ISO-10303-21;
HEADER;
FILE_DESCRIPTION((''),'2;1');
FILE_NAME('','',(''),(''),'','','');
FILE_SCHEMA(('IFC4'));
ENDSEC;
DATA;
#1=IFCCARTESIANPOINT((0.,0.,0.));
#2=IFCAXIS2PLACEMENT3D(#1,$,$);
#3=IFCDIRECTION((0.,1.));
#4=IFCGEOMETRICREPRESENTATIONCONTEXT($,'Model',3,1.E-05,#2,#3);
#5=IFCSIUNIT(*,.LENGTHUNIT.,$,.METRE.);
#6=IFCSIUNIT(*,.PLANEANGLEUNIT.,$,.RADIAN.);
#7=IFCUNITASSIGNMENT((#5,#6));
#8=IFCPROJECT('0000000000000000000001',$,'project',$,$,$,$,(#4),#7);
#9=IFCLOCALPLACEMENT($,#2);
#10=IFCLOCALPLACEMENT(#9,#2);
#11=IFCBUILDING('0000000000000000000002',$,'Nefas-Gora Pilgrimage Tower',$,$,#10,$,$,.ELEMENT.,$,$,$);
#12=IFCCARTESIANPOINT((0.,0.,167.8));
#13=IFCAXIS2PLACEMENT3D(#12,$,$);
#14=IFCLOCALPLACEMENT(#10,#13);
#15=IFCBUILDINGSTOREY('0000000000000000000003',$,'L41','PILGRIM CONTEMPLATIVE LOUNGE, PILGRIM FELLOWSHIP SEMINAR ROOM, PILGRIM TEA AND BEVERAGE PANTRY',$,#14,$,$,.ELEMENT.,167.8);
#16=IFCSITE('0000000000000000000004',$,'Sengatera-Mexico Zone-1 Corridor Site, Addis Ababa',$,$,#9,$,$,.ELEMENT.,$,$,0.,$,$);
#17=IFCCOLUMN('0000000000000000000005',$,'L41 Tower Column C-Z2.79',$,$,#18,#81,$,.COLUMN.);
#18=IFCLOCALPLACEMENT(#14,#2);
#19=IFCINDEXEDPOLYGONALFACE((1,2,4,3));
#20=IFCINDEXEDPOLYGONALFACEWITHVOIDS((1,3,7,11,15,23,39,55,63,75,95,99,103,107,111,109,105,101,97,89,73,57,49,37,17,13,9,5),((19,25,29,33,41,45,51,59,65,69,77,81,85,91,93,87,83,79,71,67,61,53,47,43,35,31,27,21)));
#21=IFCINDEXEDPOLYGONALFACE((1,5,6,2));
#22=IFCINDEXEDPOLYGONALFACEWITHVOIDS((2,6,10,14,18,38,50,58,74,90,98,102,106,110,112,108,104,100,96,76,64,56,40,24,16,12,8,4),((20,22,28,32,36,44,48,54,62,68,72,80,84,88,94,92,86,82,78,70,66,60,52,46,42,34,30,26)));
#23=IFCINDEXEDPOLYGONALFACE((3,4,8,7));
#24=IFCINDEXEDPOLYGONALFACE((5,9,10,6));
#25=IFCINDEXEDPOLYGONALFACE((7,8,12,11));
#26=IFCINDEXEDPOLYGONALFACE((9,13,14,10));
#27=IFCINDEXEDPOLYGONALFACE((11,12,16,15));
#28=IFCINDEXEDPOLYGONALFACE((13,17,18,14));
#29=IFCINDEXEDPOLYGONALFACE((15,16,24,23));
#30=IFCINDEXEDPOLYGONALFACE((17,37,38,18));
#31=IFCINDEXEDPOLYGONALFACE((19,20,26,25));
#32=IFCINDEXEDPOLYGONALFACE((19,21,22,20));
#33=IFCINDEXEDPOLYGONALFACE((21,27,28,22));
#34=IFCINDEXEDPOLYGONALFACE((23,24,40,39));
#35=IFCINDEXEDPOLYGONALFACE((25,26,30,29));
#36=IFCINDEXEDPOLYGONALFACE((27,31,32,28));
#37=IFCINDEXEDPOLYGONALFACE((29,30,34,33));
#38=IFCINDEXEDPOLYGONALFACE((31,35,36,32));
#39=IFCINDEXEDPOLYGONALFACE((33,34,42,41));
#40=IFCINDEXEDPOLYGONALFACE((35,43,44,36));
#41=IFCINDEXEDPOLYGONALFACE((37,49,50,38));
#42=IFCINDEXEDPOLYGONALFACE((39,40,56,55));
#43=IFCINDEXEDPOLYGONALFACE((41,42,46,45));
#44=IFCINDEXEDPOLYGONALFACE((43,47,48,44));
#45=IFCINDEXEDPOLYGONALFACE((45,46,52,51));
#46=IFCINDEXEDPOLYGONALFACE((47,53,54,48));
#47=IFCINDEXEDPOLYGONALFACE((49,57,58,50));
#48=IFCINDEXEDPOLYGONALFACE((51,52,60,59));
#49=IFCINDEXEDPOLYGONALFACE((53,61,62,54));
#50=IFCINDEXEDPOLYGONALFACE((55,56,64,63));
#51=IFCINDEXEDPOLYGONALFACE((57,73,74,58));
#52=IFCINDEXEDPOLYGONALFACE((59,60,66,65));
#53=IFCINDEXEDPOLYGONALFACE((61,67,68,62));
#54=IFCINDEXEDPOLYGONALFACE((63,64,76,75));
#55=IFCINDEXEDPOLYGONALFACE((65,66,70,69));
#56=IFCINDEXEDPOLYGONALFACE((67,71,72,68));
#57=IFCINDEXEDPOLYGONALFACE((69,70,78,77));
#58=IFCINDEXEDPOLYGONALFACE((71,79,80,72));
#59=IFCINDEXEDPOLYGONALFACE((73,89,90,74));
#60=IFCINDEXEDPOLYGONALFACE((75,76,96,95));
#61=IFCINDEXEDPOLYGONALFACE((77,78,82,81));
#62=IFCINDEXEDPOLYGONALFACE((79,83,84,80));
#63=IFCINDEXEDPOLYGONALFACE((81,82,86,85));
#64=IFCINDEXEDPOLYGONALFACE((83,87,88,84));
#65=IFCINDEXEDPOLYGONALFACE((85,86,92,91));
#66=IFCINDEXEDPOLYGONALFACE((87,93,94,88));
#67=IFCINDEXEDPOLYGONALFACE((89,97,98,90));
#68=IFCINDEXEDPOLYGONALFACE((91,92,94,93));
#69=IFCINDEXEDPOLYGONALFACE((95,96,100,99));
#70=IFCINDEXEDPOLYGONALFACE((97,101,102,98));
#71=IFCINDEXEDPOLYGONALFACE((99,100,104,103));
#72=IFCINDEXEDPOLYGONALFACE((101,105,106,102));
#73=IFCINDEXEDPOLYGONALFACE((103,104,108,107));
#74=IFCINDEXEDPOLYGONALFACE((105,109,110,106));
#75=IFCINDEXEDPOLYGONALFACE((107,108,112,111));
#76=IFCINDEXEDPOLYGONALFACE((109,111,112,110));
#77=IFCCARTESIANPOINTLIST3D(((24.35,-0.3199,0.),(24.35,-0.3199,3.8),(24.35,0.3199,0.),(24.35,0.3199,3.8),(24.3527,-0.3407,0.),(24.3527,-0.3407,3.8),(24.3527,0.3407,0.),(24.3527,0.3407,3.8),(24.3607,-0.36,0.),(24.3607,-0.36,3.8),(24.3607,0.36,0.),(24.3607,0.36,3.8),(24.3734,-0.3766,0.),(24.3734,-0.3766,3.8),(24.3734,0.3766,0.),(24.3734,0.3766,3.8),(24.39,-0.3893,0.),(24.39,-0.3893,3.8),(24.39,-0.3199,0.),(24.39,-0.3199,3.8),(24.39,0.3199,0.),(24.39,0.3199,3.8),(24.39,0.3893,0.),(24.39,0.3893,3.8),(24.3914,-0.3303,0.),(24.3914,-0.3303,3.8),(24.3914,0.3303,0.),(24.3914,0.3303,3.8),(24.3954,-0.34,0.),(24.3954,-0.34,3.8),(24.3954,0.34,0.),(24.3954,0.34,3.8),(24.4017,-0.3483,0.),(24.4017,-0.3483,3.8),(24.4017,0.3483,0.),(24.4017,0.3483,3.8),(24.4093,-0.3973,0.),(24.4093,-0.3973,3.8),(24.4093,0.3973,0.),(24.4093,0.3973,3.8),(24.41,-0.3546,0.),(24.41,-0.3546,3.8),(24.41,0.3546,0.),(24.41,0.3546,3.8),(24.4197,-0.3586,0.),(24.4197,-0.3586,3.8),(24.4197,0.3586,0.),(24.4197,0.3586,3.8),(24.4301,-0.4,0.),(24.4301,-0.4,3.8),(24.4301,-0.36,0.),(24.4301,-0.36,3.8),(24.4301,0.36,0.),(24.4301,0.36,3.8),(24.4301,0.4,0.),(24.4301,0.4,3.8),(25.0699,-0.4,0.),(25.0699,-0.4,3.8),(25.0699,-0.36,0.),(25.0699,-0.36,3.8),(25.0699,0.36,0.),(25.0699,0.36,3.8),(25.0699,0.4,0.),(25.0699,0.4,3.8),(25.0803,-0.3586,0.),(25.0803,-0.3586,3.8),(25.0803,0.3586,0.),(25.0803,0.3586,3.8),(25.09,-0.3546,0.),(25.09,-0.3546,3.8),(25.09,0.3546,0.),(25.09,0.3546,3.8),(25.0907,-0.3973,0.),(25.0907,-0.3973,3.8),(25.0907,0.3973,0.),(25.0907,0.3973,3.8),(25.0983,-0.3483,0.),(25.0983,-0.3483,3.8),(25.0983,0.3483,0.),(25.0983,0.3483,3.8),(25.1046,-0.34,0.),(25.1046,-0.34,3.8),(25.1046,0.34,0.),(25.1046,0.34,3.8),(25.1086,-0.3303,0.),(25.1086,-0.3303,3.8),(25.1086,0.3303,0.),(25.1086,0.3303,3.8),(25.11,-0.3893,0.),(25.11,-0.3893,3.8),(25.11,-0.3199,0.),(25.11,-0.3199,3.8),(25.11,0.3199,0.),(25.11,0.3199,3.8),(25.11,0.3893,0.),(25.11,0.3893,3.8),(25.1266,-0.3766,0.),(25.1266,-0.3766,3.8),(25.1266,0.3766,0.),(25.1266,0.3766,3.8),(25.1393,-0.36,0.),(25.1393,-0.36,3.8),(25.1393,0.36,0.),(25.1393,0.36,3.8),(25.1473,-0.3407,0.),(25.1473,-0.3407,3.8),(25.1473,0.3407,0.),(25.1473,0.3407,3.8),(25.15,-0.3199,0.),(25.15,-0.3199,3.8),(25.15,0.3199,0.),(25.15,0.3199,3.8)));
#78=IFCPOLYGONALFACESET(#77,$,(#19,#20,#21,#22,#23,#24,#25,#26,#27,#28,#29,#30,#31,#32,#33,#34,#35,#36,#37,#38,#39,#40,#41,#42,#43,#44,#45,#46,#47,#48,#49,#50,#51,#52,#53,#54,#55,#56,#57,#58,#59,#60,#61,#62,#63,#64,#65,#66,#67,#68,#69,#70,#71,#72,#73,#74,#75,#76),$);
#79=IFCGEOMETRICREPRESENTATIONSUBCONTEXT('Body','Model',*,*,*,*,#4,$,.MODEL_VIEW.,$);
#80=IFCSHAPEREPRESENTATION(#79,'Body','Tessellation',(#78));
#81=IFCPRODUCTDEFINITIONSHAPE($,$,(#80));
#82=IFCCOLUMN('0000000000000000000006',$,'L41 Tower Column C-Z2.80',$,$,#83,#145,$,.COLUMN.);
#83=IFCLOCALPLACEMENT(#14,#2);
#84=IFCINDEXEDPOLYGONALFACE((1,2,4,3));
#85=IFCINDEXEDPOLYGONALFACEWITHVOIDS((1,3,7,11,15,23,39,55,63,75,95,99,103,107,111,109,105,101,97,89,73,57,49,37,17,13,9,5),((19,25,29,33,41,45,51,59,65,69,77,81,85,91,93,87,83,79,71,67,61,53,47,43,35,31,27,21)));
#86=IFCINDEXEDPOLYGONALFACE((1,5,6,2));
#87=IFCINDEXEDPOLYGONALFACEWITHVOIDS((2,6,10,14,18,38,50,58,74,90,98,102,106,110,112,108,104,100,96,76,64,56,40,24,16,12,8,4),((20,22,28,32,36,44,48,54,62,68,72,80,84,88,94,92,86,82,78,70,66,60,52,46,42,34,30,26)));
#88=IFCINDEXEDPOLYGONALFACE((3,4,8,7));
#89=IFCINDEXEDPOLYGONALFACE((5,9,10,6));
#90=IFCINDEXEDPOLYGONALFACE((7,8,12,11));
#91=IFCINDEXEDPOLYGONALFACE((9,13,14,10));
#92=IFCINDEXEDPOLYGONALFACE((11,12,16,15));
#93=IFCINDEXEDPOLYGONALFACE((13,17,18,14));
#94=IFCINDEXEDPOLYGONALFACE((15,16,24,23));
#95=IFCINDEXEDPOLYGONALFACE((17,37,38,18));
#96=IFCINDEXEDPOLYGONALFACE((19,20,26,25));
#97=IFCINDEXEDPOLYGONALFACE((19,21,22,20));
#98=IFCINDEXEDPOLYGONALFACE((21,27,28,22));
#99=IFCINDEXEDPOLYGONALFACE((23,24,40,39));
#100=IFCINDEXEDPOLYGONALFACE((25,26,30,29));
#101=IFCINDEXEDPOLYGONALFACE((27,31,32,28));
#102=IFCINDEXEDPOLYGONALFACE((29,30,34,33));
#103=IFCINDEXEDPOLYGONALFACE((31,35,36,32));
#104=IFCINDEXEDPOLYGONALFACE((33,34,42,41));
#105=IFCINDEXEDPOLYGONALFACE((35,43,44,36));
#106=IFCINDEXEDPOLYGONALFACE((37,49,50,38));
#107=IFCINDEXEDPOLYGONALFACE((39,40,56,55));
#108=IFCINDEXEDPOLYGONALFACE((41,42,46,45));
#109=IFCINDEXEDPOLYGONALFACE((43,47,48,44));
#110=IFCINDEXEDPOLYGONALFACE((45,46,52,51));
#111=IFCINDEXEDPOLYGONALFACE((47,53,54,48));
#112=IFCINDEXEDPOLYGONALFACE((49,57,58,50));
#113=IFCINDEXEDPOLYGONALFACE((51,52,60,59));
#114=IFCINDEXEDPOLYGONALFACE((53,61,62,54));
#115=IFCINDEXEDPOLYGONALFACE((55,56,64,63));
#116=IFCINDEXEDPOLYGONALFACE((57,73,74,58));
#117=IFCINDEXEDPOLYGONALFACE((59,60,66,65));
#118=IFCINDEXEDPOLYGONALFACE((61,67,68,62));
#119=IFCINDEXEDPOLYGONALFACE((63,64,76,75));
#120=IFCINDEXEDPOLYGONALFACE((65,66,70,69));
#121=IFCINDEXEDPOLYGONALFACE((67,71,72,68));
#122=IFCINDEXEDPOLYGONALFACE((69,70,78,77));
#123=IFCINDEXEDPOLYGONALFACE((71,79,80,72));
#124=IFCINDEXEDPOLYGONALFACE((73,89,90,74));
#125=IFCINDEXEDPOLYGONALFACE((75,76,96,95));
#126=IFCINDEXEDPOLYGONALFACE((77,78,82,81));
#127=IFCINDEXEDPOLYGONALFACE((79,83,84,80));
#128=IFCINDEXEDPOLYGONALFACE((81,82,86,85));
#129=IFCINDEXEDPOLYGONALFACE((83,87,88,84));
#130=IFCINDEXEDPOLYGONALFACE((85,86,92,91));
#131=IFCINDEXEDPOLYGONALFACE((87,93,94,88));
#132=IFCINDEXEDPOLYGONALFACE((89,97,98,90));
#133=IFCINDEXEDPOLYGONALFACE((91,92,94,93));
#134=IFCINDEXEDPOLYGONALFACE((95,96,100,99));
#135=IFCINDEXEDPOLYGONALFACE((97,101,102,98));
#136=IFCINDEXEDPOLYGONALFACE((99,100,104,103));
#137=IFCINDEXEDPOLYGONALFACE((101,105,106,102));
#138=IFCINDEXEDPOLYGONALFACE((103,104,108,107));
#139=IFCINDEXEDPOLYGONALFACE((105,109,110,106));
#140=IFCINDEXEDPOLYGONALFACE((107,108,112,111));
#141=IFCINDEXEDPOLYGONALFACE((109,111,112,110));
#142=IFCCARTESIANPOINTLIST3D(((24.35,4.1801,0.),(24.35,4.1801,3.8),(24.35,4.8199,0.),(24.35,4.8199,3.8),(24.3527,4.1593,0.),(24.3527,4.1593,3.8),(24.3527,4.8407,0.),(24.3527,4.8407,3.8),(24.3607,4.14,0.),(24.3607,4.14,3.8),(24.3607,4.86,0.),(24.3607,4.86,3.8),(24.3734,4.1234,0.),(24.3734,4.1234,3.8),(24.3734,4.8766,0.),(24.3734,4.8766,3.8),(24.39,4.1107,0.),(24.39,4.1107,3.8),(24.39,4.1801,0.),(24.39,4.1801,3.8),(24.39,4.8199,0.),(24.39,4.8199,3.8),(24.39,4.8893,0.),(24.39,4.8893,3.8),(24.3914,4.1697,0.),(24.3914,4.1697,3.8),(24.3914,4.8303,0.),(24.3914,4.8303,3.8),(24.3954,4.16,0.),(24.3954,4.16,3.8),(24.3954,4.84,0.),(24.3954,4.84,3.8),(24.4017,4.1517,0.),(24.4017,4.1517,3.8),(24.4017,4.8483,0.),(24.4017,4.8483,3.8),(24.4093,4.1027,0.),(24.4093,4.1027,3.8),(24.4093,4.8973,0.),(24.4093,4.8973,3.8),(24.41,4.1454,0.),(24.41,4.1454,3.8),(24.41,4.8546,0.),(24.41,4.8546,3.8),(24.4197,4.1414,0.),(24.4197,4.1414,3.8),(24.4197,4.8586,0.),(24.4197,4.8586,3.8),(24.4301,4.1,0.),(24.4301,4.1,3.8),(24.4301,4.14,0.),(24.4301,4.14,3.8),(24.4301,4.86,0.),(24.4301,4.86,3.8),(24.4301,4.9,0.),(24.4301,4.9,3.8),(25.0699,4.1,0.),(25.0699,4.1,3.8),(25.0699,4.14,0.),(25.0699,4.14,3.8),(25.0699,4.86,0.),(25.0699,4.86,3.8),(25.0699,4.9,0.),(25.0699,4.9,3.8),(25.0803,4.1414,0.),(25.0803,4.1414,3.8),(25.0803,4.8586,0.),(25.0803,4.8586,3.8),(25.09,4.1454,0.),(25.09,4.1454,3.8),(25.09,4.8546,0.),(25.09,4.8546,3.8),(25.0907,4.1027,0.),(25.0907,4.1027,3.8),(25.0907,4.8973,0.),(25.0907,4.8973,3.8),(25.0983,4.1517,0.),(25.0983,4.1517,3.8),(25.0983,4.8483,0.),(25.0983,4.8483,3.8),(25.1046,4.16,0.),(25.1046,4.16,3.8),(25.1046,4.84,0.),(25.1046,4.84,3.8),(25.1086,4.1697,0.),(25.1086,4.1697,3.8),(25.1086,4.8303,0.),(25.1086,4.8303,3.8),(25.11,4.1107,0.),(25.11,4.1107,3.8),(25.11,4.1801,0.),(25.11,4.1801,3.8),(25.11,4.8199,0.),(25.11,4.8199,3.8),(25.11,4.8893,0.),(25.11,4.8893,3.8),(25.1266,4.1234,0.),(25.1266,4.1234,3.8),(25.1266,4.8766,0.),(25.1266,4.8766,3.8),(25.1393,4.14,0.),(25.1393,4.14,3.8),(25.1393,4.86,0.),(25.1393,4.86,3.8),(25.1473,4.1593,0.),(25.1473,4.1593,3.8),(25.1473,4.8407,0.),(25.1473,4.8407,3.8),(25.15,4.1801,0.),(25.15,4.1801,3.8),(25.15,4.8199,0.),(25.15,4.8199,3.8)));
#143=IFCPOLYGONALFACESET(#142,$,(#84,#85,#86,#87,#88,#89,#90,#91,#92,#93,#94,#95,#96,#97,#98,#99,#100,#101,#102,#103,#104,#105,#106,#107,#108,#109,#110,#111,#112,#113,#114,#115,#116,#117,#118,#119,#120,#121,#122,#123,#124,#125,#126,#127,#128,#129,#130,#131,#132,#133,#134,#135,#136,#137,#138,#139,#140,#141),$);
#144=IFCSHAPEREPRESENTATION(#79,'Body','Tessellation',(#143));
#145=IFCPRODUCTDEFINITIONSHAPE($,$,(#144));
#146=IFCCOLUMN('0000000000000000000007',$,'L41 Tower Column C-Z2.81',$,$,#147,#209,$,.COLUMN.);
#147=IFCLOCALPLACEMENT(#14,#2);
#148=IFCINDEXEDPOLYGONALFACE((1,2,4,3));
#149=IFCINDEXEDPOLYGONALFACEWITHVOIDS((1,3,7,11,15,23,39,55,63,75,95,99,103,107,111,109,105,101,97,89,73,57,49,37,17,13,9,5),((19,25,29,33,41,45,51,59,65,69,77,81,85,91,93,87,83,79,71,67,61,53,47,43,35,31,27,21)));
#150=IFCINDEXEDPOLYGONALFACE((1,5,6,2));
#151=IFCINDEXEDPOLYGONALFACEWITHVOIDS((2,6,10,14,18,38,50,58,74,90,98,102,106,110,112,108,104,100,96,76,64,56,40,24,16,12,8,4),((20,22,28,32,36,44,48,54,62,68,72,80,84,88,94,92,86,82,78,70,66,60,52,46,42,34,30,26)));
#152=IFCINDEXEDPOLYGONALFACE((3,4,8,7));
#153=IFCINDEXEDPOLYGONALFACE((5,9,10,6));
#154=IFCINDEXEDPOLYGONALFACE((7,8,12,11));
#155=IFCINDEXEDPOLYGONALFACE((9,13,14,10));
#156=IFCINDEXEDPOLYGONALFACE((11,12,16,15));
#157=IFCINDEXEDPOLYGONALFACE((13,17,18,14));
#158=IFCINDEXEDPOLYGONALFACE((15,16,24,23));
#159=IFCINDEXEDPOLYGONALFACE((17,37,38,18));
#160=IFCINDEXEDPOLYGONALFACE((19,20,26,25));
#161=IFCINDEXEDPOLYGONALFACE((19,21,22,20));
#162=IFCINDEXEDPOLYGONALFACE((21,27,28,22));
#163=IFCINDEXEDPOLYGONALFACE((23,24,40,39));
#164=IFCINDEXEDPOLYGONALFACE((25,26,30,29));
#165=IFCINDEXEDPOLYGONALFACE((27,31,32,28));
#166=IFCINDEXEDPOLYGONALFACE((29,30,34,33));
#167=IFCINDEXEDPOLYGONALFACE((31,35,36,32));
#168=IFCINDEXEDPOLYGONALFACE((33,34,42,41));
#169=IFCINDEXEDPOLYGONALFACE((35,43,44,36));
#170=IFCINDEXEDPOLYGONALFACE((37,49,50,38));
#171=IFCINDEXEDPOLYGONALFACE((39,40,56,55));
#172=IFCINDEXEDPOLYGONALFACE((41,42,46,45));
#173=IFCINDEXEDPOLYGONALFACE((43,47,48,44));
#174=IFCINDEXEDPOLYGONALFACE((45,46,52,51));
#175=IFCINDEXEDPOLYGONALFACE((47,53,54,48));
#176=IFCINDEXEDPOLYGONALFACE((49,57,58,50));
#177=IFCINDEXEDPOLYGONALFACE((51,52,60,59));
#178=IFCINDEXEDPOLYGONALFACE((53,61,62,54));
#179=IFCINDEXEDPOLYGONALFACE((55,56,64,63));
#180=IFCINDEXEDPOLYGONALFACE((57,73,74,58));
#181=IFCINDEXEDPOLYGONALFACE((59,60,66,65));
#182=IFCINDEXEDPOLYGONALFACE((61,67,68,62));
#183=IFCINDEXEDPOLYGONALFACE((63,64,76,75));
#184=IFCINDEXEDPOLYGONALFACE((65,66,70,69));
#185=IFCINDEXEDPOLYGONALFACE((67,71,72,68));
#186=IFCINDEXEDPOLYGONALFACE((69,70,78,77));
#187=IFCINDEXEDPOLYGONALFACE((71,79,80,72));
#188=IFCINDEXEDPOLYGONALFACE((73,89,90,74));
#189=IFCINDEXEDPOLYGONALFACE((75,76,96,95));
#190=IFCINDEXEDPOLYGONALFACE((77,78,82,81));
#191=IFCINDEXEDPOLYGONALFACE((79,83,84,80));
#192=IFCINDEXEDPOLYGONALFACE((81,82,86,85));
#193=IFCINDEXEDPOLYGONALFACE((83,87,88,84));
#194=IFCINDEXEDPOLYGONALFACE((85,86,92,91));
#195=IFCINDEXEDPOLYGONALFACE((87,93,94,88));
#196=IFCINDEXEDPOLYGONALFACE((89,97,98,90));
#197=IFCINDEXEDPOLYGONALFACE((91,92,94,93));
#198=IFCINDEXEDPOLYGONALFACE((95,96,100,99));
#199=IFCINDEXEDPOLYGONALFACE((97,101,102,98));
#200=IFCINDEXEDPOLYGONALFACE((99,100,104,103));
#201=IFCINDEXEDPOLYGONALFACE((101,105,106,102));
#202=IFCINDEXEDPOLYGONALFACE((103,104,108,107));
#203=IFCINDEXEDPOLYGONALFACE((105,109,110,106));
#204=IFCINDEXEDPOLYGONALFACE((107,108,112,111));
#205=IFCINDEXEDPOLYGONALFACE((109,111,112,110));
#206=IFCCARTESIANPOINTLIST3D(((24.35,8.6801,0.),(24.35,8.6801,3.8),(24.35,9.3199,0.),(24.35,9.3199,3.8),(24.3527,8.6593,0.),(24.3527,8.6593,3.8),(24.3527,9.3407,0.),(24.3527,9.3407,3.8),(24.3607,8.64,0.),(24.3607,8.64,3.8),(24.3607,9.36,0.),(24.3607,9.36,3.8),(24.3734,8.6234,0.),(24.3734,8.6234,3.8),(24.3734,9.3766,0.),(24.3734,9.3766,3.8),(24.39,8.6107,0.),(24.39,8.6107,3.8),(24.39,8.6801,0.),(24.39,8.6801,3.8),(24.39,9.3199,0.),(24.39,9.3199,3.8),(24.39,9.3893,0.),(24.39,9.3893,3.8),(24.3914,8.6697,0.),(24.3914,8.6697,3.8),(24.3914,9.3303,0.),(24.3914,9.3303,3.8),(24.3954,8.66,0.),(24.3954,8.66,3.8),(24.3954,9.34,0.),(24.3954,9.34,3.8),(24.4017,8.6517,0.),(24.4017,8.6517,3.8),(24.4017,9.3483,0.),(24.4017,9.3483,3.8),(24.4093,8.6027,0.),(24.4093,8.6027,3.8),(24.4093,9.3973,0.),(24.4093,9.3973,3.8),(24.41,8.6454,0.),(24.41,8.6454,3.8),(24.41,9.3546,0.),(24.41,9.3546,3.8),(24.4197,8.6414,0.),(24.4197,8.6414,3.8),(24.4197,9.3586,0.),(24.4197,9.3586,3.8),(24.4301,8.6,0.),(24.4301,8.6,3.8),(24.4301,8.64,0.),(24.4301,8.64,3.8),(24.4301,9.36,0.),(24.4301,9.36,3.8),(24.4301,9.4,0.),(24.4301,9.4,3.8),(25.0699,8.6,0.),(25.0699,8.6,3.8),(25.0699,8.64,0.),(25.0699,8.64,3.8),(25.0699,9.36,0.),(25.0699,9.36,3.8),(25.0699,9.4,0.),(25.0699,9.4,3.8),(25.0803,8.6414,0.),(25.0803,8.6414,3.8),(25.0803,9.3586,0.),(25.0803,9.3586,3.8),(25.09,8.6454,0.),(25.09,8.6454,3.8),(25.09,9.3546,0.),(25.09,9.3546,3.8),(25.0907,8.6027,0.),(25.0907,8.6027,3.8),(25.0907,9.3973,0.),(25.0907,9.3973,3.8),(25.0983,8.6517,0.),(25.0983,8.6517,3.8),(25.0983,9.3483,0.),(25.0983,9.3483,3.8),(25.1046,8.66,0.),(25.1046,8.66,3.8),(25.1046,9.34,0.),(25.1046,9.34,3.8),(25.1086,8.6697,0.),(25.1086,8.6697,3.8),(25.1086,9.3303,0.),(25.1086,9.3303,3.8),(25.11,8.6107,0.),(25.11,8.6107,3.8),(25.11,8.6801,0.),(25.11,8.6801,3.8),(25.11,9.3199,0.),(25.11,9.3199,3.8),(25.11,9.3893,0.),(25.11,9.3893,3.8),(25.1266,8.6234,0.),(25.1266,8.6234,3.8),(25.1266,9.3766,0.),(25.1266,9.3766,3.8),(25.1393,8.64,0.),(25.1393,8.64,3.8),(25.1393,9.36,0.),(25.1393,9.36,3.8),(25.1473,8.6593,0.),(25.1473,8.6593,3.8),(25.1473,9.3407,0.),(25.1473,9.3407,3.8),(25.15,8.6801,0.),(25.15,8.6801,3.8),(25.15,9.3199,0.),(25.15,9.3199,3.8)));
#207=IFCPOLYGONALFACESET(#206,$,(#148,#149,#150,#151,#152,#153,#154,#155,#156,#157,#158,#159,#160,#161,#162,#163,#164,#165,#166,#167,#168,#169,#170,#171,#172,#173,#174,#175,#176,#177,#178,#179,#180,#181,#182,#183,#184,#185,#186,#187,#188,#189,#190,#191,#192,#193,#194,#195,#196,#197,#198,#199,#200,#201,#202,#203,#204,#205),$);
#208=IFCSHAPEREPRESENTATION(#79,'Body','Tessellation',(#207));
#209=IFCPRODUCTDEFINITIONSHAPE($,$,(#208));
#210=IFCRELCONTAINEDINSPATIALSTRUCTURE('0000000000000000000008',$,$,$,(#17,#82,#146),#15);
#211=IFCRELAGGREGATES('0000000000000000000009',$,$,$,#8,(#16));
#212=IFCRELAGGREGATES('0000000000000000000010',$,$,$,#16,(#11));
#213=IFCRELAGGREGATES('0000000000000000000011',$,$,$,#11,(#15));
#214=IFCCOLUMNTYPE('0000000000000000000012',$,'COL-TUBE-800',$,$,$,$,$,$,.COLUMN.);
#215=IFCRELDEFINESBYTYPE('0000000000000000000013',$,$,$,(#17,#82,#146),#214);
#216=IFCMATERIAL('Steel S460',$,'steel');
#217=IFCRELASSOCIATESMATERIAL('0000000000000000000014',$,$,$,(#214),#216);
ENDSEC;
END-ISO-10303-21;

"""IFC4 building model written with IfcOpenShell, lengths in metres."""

from ifc_helpers import new_model, si_unit, direction, frame, origin, origin_2d, place, context, subcontext, project, spatial, hollow_rectangle, extrude, source, transform, mapped, material, material_profile, profile_set, type_object, element, save


model = new_model("IFC4")

# Units and contexts
model_context = context("Model", 3, precision=1e-05, world=origin(), true_north=direction((0.0, 1.0)))
body_context = subcontext(model_context, "Body", "Model", "MODEL_VIEW")
ifc_project = project(units=[si_unit("LENGTHUNIT", "METRE"), si_unit("PLANEANGLEUNIT", "RADIAN")], contexts=[model_context])

# Site, building, storey
site_placement = place(None, origin())
site = spatial("IfcSite", under=ifc_project, at=site_placement, Name="Sengatera-Mexico Zone-1 Corridor Site, Addis Ababa", CompositionType="ELEMENT", RefElevation=0.0)
building_placement = place(site_placement, origin())
building = spatial("IfcBuilding", under=site, at=building_placement, Name="Nefas-Gora Pilgrimage Tower", CompositionType="ELEMENT")
storey_placement = place(building_placement, frame((0.0, 0.0, 167.8)))
storey = spatial("IfcBuildingStorey", under=building, at=storey_placement, Name="L41", Description="PILGRIM CONTEMPLATIVE LOUNGE, PILGRIM FELLOWSHIP SEMINAR ROOM, PILGRIM TEA AND BEVERAGE PANTRY", CompositionType="ELEMENT", Elevation=167.8)

# Columns
ifc_material_1 = material(Name="Steel S460", Category="steel")
ifc_material_profile_1 = material_profile(ifc_material_1, hollow_rectangle(XDim=0.8, YDim=0.8, WallThickness=0.04, InnerFilletRadius=0.04, OuterFilletRadius=0.0801, at=origin_2d()), Name="BOX 800x800x40")
ifc_profile_set_1 = profile_set([ifc_material_profile_1], Name="Steel S460")
column_type_1 = type_object("IfcColumnType", Name="COL-TUBE-800", PredefinedType="COLUMN", material=ifc_profile_set_1)
shared_shape_1 = source(origin(), body_context, "Body", "SweptSolid", [
    extrude(hollow_rectangle(XDim=0.8, YDim=0.8, WallThickness=0.04, InnerFilletRadius=0.04, OuterFilletRadius=0.0801, at=origin_2d()), origin(), (0.0, 0.0, 1.0), 3.8),
])
for number, where, z_axis, x_axis, name in (
    (1, (24.75, 0.0, 0.0), (0.0, 0.0, 1.0), (1.0, 0.0, 0.0), "L41 Tower Column C-Z2.79"),
    (2, (24.75, 4.5, 0.0), (0.0, 0.0, 1.0), (1.0, 0.0, 0.0), "L41 Tower Column C-Z2.80"),
    (3, (24.75, 9.0, 0.0), (0.0, 0.0, 1.0), (1.0, 0.0, 0.0), "L41 Tower Column C-Z2.81"),
):
    element("IfcColumn", number, at=place(storey_placement, frame(where, z_axis=z_axis, x_axis=x_axis)), inside=storey, type_object=column_type_1, Name=name, PredefinedType="COLUMN", context=body_context, shape_type="MappedRepresentation", body=[
        mapped(shared_shape_1, transform((0.0, 0.0, 0.0), x_axis=(1.0, 0.0, 0.0), y_axis=(0.0, 1.0, 0.0), z_axis=(0.0, 0.0, 1.0), scale=1.0)),
    ])

save(model, "model.ifc")
